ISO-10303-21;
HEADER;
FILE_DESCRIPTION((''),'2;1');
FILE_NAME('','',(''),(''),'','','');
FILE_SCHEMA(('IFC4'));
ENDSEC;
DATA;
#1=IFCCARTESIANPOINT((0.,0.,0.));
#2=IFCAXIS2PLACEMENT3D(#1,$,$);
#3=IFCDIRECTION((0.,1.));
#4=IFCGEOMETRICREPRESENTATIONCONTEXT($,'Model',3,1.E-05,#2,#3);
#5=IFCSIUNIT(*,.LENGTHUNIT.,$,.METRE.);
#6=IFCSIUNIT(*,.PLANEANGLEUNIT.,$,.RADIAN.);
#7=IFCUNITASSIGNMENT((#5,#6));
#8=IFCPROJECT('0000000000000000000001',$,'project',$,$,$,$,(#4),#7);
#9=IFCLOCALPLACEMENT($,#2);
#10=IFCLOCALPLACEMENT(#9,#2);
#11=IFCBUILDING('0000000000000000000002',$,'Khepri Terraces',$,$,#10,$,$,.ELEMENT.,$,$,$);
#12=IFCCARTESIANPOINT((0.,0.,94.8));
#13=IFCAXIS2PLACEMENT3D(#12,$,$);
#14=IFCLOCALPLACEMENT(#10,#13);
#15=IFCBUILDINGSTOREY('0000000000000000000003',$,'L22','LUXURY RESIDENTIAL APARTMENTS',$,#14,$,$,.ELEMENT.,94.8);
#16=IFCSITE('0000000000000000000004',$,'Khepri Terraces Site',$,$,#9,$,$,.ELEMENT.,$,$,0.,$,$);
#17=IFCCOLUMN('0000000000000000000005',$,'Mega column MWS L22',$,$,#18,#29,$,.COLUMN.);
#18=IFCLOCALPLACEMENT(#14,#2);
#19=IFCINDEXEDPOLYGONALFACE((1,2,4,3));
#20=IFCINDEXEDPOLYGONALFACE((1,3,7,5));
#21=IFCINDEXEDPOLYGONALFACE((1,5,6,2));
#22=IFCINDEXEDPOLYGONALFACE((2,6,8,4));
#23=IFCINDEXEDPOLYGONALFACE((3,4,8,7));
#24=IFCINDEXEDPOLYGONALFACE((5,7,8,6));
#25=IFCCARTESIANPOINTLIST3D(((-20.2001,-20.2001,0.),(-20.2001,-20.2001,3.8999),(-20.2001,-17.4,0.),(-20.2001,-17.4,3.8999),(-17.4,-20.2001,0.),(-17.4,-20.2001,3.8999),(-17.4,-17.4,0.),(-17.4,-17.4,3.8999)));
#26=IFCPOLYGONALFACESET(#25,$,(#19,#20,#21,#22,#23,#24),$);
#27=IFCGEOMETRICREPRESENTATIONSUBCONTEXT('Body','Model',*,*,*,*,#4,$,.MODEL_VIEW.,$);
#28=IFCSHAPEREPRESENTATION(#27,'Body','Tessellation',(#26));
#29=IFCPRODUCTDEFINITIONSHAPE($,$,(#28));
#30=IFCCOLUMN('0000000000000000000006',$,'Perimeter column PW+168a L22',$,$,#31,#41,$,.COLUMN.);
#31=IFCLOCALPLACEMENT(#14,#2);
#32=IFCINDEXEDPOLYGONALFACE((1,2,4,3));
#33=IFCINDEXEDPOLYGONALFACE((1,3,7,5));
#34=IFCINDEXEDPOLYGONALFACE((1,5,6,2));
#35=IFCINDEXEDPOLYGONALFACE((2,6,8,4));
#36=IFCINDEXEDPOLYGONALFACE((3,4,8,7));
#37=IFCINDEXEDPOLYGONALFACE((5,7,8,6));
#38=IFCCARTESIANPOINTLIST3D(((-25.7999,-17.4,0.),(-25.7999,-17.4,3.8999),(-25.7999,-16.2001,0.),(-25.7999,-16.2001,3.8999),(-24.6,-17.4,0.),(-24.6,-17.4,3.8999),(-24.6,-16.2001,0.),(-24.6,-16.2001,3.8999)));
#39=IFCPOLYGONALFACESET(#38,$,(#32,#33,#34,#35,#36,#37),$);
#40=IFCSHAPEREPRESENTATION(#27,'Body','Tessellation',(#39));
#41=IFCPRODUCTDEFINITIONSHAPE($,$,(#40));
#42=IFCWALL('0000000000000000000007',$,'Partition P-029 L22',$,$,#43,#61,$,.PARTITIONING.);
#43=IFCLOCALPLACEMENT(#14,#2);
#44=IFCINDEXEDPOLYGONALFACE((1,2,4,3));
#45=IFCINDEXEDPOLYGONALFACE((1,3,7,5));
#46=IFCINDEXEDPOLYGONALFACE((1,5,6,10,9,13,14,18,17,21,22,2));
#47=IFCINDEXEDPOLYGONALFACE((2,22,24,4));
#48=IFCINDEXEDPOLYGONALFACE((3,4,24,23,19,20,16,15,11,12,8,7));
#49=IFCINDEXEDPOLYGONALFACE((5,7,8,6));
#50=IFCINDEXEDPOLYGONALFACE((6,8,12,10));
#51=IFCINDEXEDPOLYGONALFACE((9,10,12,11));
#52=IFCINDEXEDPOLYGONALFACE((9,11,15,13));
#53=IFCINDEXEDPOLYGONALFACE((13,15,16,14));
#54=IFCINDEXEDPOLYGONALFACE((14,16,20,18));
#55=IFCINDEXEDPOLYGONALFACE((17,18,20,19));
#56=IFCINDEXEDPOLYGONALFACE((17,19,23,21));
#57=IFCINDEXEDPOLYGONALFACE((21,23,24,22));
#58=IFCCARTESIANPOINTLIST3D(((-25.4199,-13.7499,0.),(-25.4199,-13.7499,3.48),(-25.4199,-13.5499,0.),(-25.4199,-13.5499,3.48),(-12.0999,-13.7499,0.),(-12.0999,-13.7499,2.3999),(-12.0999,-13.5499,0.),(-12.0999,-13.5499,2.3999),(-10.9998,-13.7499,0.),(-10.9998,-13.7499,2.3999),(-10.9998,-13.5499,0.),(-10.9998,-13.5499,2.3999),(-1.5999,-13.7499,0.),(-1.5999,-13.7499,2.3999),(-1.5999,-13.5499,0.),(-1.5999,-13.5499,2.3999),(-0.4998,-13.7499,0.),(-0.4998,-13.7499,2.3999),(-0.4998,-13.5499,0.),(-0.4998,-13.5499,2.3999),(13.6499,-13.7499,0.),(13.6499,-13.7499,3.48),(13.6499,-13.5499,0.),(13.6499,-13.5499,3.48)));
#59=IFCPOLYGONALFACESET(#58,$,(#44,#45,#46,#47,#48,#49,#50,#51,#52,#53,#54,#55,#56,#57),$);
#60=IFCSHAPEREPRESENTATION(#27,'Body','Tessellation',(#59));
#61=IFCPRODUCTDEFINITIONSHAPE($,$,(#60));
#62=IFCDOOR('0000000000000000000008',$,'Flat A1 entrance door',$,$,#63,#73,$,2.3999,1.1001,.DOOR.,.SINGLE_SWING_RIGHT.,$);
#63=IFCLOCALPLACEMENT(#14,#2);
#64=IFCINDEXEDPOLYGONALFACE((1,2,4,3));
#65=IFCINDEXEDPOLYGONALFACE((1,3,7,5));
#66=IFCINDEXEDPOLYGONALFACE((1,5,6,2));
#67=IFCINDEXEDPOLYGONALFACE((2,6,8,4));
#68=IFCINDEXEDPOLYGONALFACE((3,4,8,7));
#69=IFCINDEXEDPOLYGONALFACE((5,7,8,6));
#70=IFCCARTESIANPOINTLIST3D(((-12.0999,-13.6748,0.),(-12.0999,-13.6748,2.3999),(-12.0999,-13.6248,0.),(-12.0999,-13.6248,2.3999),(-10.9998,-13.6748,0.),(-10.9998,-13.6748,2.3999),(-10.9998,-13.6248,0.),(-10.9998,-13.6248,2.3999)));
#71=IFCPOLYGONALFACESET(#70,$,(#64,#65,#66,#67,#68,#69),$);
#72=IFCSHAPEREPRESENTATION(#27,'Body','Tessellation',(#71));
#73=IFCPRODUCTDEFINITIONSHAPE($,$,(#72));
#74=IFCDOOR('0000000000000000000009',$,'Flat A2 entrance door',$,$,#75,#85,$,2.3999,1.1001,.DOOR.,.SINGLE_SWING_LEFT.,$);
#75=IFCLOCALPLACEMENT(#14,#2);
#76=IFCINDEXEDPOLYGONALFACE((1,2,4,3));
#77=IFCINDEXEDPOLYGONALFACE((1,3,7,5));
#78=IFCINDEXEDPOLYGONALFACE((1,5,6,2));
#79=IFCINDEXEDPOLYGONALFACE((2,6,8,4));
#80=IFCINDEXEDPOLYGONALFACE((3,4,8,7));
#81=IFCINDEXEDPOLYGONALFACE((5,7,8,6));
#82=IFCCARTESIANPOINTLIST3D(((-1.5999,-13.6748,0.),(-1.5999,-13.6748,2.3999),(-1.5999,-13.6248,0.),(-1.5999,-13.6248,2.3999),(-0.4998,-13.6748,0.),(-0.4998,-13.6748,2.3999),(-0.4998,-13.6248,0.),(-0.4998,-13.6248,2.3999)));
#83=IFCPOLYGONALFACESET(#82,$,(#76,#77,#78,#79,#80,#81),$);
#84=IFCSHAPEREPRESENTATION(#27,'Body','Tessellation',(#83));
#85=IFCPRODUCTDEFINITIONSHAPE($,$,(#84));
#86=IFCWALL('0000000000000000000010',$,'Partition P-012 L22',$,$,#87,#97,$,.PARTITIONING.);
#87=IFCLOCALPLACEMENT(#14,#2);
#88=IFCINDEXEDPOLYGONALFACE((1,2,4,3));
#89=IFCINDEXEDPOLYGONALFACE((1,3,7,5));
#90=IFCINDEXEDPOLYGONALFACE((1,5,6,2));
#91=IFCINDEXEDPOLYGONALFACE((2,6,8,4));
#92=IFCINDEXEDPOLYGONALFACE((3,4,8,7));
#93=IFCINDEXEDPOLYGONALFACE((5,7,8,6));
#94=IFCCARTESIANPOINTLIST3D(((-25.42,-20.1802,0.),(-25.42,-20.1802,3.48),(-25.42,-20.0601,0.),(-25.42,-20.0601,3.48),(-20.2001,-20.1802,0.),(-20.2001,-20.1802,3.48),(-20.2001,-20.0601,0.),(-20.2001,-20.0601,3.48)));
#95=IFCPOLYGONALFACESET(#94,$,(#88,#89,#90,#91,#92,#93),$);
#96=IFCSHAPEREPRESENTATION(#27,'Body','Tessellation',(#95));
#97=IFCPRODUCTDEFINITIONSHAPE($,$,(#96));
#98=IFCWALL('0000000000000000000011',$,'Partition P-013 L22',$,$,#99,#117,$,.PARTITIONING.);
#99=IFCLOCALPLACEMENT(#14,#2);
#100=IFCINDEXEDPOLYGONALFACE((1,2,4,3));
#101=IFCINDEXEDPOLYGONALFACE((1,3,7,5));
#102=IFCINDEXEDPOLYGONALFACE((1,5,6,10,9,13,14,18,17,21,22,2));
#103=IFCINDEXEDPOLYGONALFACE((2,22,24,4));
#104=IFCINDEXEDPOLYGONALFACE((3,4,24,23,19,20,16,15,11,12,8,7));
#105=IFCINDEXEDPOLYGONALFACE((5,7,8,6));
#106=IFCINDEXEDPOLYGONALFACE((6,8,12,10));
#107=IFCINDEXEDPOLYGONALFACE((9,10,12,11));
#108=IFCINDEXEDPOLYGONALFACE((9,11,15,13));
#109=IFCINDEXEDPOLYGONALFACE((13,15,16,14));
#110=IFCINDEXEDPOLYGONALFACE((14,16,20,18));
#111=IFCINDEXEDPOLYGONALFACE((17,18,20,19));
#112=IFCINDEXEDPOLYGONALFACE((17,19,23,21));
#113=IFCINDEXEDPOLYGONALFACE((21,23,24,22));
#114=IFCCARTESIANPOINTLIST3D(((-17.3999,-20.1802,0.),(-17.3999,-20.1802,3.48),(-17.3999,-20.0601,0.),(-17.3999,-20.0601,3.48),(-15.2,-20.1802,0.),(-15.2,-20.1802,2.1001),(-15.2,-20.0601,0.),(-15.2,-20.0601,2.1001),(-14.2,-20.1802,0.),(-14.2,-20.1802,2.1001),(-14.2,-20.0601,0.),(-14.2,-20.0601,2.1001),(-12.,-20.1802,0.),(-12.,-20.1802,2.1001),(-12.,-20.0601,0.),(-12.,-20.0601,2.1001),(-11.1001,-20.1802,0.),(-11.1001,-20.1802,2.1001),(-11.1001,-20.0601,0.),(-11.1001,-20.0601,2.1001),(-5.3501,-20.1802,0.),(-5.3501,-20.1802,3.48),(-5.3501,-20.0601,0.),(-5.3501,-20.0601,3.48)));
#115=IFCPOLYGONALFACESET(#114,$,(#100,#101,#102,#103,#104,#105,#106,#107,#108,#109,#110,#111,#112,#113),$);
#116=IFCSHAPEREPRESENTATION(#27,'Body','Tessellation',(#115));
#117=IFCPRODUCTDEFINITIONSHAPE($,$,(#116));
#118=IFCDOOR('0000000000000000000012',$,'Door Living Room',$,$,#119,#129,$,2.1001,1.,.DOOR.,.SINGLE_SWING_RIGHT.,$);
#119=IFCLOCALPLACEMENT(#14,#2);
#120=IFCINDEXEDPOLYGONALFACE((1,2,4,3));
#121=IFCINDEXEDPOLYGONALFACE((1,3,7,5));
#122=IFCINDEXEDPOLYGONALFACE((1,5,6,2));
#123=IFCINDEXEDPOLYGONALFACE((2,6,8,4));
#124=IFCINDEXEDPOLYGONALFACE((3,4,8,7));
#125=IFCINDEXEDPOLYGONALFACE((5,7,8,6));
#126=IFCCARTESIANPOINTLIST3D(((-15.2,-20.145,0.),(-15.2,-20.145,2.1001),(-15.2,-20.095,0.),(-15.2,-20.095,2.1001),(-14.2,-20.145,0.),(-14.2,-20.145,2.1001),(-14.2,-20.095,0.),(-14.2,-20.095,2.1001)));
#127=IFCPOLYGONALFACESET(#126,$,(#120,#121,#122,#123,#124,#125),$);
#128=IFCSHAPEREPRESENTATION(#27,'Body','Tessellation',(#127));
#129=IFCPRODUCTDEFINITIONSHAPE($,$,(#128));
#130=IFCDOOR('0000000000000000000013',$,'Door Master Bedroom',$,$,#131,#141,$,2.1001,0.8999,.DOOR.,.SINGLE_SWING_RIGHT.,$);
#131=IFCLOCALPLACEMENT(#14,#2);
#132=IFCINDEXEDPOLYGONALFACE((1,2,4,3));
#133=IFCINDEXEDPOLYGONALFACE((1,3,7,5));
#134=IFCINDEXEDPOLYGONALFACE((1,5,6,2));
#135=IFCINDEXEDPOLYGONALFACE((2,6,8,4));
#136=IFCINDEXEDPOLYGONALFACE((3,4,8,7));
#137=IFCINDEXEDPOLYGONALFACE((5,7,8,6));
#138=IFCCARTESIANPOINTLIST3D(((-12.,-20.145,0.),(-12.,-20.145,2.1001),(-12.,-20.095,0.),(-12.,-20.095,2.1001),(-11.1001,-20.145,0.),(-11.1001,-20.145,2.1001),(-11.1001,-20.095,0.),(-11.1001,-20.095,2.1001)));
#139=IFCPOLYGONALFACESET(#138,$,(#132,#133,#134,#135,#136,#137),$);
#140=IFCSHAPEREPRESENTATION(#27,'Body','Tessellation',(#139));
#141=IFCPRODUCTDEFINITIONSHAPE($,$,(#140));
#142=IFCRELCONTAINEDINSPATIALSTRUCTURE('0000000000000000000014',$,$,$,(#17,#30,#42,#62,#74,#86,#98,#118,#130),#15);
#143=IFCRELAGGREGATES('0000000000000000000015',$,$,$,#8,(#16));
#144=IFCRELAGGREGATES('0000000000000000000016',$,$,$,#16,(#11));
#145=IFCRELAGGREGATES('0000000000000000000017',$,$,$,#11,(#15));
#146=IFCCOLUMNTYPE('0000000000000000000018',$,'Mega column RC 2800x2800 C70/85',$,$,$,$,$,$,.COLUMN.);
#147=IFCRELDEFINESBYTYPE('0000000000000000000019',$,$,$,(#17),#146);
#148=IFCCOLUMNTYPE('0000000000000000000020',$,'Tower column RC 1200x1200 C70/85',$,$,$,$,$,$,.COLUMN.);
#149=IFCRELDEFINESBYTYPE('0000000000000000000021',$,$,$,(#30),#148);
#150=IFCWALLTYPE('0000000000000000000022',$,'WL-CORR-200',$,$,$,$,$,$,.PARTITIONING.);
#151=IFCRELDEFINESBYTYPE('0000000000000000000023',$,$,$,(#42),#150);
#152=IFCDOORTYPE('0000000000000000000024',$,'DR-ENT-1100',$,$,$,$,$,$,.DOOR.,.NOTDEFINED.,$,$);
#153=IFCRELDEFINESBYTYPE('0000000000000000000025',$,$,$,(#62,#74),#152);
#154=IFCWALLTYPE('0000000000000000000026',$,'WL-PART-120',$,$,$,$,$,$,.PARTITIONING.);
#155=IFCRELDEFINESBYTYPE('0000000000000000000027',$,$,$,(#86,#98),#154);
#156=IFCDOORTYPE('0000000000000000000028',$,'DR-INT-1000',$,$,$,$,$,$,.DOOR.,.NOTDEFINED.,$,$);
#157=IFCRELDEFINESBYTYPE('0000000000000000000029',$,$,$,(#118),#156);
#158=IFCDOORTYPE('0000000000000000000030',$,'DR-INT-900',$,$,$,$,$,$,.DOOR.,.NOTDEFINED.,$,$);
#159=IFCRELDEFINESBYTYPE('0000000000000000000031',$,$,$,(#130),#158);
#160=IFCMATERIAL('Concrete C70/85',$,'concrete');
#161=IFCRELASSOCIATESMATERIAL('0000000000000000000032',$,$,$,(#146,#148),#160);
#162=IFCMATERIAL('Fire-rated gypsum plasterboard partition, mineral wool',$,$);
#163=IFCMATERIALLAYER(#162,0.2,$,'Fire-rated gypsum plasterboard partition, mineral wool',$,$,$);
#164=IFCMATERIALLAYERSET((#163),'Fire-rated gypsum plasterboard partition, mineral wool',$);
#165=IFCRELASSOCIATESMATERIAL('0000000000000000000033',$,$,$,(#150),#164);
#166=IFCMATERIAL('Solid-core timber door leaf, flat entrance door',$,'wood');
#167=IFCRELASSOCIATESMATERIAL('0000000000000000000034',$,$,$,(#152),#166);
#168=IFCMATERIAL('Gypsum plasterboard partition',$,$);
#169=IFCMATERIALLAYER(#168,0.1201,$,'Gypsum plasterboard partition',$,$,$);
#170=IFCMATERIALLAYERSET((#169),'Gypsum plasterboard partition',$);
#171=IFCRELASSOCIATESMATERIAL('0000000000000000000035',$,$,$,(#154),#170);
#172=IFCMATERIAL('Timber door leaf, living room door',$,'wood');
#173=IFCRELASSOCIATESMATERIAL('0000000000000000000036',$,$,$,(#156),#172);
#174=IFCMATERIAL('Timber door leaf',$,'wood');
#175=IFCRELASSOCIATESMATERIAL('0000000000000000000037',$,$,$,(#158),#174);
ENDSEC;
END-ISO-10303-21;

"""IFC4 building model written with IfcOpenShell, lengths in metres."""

from ifc_helpers import new_model, si_unit, direction, frame, frame_2d, origin, origin_2d, place, context, subcontext, project, spatial, rectangle, extrude, material, layer, layer_set, material_profile, profile_set, type_object, element, fill, save


model = new_model("IFC4")

# Units and contexts
model_context = context("Model", 3, precision=1e-05, world=origin(), true_north=direction((0.0, 1.0)))
body_context = subcontext(model_context, "Body", "Model", "MODEL_VIEW")
ifc_project = project(units=[si_unit("LENGTHUNIT", "METRE"), si_unit("PLANEANGLEUNIT", "RADIAN")], contexts=[model_context])

# Site, building, storey
site_placement = place(None, origin())
site = spatial("IfcSite", under=ifc_project, at=site_placement, Name="Khepri Terraces Site", CompositionType="ELEMENT", RefElevation=0.0)
building_placement = place(site_placement, origin())
building = spatial("IfcBuilding", under=site, at=building_placement, Name="Khepri Terraces", CompositionType="ELEMENT")
storey_placement = place(building_placement, frame((0.0, 0.0, 94.8)))
storey = spatial("IfcBuildingStorey", under=building, at=storey_placement, Name="L22", Description="LUXURY RESIDENTIAL APARTMENTS", CompositionType="ELEMENT", Elevation=94.8)

# Columns
ifc_material_1 = material(Name="Concrete C70/85", Category="concrete")
ifc_material_profile_1 = material_profile(ifc_material_1, rectangle(XDim=2.8, YDim=2.8, at=origin_2d()), Name="Concrete C70/85", Category="concrete")
ifc_profile_set_1 = profile_set([ifc_material_profile_1], Name="Concrete C70/85")
column_type_1 = type_object("IfcColumnType", Name="Mega column RC 2800x2800 C70/85", PredefinedType="COLUMN", material=ifc_profile_set_1)
column_1_placement = place(storey_placement, frame((-18.8, -18.8, 0.0), z_axis=(0.0, 0.0, 1.0), x_axis=(1.0, 0.0, 0.0)))
element("IfcColumn", 1, at=column_1_placement, inside=storey, type_object=column_type_1, Name="Mega column MWS L22", PredefinedType="COLUMN", context=body_context, shape_type="SweptSolid", body=[
    extrude(rectangle(XDim=2.8, YDim=2.8, at=origin_2d()), origin(), (0.0, 0.0, 1.0), 3.8999),
])
ifc_material_profile_2 = material_profile(ifc_material_1, rectangle(XDim=1.2, YDim=1.2, at=origin_2d()), Name="Concrete C70/85", Category="concrete")
ifc_profile_set_2 = profile_set([ifc_material_profile_2], Name="Concrete C70/85")
column_type_2 = type_object("IfcColumnType", Name="Tower column RC 1200x1200 C70/85", PredefinedType="COLUMN", material=ifc_profile_set_2)
column_2_placement = place(storey_placement, frame((-25.2, -16.8, 0.0), z_axis=(0.0, 0.0, 1.0), x_axis=(1.0, 0.0, 0.0)))
element("IfcColumn", 2, at=column_2_placement, inside=storey, type_object=column_type_2, Name="Perimeter column PW+168a L22", PredefinedType="COLUMN", context=body_context, shape_type="SweptSolid", body=[
    extrude(rectangle(XDim=1.2, YDim=1.2, at=origin_2d()), origin(), (0.0, 0.0, 1.0), 3.8999),
])

# Wall, openings, doors
ifc_material_2 = material(Name="Fire-rated gypsum plasterboard partition, mineral wool")
ifc_layer_1 = layer(ifc_material_2, 0.2, Name="Fire-rated gypsum plasterboard partition, mineral wool")
ifc_layer_set_1 = layer_set([ifc_layer_1], Name="Fire-rated gypsum plasterboard partition, mineral wool")
wall_type_1 = type_object("IfcWallType", Name="WL-CORR-200", PredefinedType="PARTITIONING", material=ifc_layer_set_1)
wall_1_placement = place(storey_placement, frame((-25.4199, -13.6499, 0.0), z_axis=(0.0, 0.0, 1.0), x_axis=(1.0, 0.0, 0.0)))
wall_1 = element("IfcWall", 3, at=wall_1_placement, inside=storey, type_object=wall_type_1, Name="Partition P-029 L22", PredefinedType="PARTITIONING", context=body_context, shape_type="SweptSolid", body=[
    extrude(rectangle(XDim=39.0698, YDim=0.2, at=frame_2d((19.5349, 0.0))), origin(), (0.0, 0.0, 1.0), 3.48),
])
opening_1_placement = place(wall_1_placement, frame((13.3201, 0.0, 0.0)))
opening_1 = element("IfcOpeningElement", 4, at=opening_1_placement, cuts=wall_1, PredefinedType="OPENING", context=body_context, shape_type="SweptSolid", body=[
    extrude(rectangle(XDim=1.1001, YDim=2.3999, at=frame_2d((0.55, 1.2))), frame((0.0, 0.1099, 0.0), z_axis=(0.0, -1.0, 0.0), x_axis=(1.0, 0.0, 0.0)), (0.0, 0.0, 1.0), 0.22),
])
opening_2_placement = place(wall_1_placement, frame((23.8201, 0.0, 0.0)))
opening_2 = element("IfcOpeningElement", 5, at=opening_2_placement, cuts=wall_1, PredefinedType="OPENING", context=body_context, shape_type="SweptSolid", body=[
    extrude(rectangle(XDim=1.1001, YDim=2.3999, at=frame_2d((0.55, 1.2))), frame((0.0, 0.1099, 0.0), z_axis=(0.0, -1.0, 0.0), x_axis=(1.0, 0.0, 0.0)), (0.0, 0.0, 1.0), 0.22),
])
ifc_material_3 = material(Name="Solid-core timber door leaf, flat entrance door", Category="wood")
door_type_1 = type_object("IfcDoorType", Name="DR-ENT-1100", OperationType="NOTDEFINED", PredefinedType="DOOR", material=ifc_material_3)
door_1_placement = place(opening_1_placement, frame((1.1001, 0.0, 0.0), z_axis=(0.0, 0.0, 1.0), x_axis=(-1.0, 0.0, 0.0)))
door_1 = element("IfcDoor", 6, at=door_1_placement, inside=storey, type_object=door_type_1, Name="Flat A1 entrance door", OperationType="SINGLE_SWING_RIGHT", OverallHeight=2.3999, OverallWidth=1.1001, PredefinedType="DOOR", context=body_context, shape_type="SweptSolid", body=[
    extrude(rectangle(XDim=1.1001, YDim=2.3999, at=frame_2d((0.55, 1.2))), frame((0.0, 0.0249, 0.0), z_axis=(0.0, -1.0, 0.0), x_axis=(1.0, 0.0, 0.0)), (0.0, 0.0, 1.0), 0.05),
])
fill(opening_1, door_1)
door_2_placement = place(opening_2_placement, frame((1.1001, 0.0, 0.0), z_axis=(0.0, 0.0, 1.0), x_axis=(-1.0, 0.0, 0.0)))
door_2 = element("IfcDoor", 7, at=door_2_placement, inside=storey, type_object=door_type_1, Name="Flat A2 entrance door", OperationType="SINGLE_SWING_LEFT", OverallHeight=2.3999, OverallWidth=1.1001, PredefinedType="DOOR", context=body_context, shape_type="SweptSolid", body=[
    extrude(rectangle(XDim=1.1001, YDim=2.3999, at=frame_2d((0.55, 1.2))), frame((0.0, 0.0249, 0.0), z_axis=(0.0, -1.0, 0.0), x_axis=(1.0, 0.0, 0.0)), (0.0, 0.0, 1.0), 0.05),
])
fill(opening_2, door_2)

# Wall
ifc_material_4 = material(Name="Gypsum plasterboard partition")
ifc_layer_2 = layer(ifc_material_4, 0.1201, Name="Gypsum plasterboard partition")
ifc_layer_set_2 = layer_set([ifc_layer_2], Name="Gypsum plasterboard partition")
wall_type_2 = type_object("IfcWallType", Name="WL-PART-120", PredefinedType="PARTITIONING", material=ifc_layer_set_2)
wall_2_placement = place(storey_placement, frame((-25.4199, -20.1201, 0.0), z_axis=(0.0, 0.0, 1.0), x_axis=(1.0, 0.0, 0.0)))
element("IfcWall", 8, at=wall_2_placement, inside=storey, type_object=wall_type_2, Name="Partition P-012 L22", PredefinedType="PARTITIONING", context=body_context, shape_type="SweptSolid", body=[
    extrude(rectangle(XDim=5.22, YDim=0.1201, at=frame_2d((2.6099, 0.0))), origin(), (0.0, 0.0, 1.0), 3.48),
])

# Wall, openings, doors
wall_3_placement = place(storey_placement, frame((-17.3999, -20.1201, 0.0), z_axis=(0.0, 0.0, 1.0), x_axis=(1.0, 0.0, 0.0)))
wall_3 = element("IfcWall", 9, at=wall_3_placement, inside=storey, type_object=wall_type_2, Name="Partition P-013 L22", PredefinedType="PARTITIONING", context=body_context, shape_type="SweptSolid", body=[
    extrude(rectangle(XDim=12.0498, YDim=0.1201, at=frame_2d((6.0249, 0.0))), origin(), (0.0, 0.0, 1.0), 3.48),
])
opening_3_placement = place(wall_3_placement, frame((2.2, 0.0, 0.0)))
opening_3 = element("IfcOpeningElement", 10, at=opening_3_placement, cuts=wall_3, PredefinedType="OPENING", context=body_context, shape_type="SweptSolid", body=[
    extrude(rectangle(XDim=1.0, YDim=2.1001, at=frame_2d((0.5, 1.05))), frame((0.0, 0.0701, 0.0), z_axis=(0.0, -1.0, 0.0), x_axis=(1.0, 0.0, 0.0)), (0.0, 0.0, 1.0), 0.1401),
])
opening_4_placement = place(wall_3_placement, frame((5.3999, 0.0, 0.0)))
opening_4 = element("IfcOpeningElement", 11, at=opening_4_placement, cuts=wall_3, PredefinedType="OPENING", context=body_context, shape_type="SweptSolid", body=[
    extrude(rectangle(XDim=0.8999, YDim=2.1001, at=frame_2d((0.45, 1.05))), frame((0.0, 0.0701, 0.0), z_axis=(0.0, -1.0, 0.0), x_axis=(1.0, 0.0, 0.0)), (0.0, 0.0, 1.0), 0.1401),
])
ifc_material_5 = material(Name="Timber door leaf, living room door", Category="wood")
door_type_2 = type_object("IfcDoorType", Name="DR-INT-1000", OperationType="NOTDEFINED", PredefinedType="DOOR", material=ifc_material_5)
door_3_placement = place(opening_3_placement, frame((1.0, 0.0, 0.0), z_axis=(0.0, 0.0, 1.0), x_axis=(-1.0, 0.0, 0.0)))
door_3 = element("IfcDoor", 12, at=door_3_placement, inside=storey, type_object=door_type_2, Name="Door Living Room", OperationType="SINGLE_SWING_RIGHT", OverallHeight=2.1001, OverallWidth=1.0, PredefinedType="DOOR", context=body_context, shape_type="SweptSolid", body=[
    extrude(rectangle(XDim=1.0, YDim=2.1001, at=frame_2d((0.5, 1.05))), frame((0.0, 0.0249, 0.0), z_axis=(0.0, -1.0, 0.0), x_axis=(1.0, 0.0, 0.0)), (0.0, 0.0, 1.0), 0.05),
])
fill(opening_3, door_3)
ifc_material_6 = material(Name="Timber door leaf", Category="wood")
door_type_3 = type_object("IfcDoorType", Name="DR-INT-900", OperationType="NOTDEFINED", PredefinedType="DOOR", material=ifc_material_6)
door_4_placement = place(opening_4_placement, frame((0.8999, 0.0, 0.0), z_axis=(0.0, 0.0, 1.0), x_axis=(-1.0, 0.0, 0.0)))
door_4 = element("IfcDoor", 13, at=door_4_placement, inside=storey, type_object=door_type_3, Name="Door Master Bedroom", OperationType="SINGLE_SWING_RIGHT", OverallHeight=2.1001, OverallWidth=0.8999, PredefinedType="DOOR", context=body_context, shape_type="SweptSolid", body=[
    extrude(rectangle(XDim=0.8999, YDim=2.1001, at=frame_2d((0.45, 1.05))), frame((0.0, 0.0249, 0.0), z_axis=(0.0, -1.0, 0.0), x_axis=(1.0, 0.0, 0.0)), (0.0, 0.0, 1.0), 0.05),
])
fill(opening_4, door_4)

save(model, "model.ifc")
